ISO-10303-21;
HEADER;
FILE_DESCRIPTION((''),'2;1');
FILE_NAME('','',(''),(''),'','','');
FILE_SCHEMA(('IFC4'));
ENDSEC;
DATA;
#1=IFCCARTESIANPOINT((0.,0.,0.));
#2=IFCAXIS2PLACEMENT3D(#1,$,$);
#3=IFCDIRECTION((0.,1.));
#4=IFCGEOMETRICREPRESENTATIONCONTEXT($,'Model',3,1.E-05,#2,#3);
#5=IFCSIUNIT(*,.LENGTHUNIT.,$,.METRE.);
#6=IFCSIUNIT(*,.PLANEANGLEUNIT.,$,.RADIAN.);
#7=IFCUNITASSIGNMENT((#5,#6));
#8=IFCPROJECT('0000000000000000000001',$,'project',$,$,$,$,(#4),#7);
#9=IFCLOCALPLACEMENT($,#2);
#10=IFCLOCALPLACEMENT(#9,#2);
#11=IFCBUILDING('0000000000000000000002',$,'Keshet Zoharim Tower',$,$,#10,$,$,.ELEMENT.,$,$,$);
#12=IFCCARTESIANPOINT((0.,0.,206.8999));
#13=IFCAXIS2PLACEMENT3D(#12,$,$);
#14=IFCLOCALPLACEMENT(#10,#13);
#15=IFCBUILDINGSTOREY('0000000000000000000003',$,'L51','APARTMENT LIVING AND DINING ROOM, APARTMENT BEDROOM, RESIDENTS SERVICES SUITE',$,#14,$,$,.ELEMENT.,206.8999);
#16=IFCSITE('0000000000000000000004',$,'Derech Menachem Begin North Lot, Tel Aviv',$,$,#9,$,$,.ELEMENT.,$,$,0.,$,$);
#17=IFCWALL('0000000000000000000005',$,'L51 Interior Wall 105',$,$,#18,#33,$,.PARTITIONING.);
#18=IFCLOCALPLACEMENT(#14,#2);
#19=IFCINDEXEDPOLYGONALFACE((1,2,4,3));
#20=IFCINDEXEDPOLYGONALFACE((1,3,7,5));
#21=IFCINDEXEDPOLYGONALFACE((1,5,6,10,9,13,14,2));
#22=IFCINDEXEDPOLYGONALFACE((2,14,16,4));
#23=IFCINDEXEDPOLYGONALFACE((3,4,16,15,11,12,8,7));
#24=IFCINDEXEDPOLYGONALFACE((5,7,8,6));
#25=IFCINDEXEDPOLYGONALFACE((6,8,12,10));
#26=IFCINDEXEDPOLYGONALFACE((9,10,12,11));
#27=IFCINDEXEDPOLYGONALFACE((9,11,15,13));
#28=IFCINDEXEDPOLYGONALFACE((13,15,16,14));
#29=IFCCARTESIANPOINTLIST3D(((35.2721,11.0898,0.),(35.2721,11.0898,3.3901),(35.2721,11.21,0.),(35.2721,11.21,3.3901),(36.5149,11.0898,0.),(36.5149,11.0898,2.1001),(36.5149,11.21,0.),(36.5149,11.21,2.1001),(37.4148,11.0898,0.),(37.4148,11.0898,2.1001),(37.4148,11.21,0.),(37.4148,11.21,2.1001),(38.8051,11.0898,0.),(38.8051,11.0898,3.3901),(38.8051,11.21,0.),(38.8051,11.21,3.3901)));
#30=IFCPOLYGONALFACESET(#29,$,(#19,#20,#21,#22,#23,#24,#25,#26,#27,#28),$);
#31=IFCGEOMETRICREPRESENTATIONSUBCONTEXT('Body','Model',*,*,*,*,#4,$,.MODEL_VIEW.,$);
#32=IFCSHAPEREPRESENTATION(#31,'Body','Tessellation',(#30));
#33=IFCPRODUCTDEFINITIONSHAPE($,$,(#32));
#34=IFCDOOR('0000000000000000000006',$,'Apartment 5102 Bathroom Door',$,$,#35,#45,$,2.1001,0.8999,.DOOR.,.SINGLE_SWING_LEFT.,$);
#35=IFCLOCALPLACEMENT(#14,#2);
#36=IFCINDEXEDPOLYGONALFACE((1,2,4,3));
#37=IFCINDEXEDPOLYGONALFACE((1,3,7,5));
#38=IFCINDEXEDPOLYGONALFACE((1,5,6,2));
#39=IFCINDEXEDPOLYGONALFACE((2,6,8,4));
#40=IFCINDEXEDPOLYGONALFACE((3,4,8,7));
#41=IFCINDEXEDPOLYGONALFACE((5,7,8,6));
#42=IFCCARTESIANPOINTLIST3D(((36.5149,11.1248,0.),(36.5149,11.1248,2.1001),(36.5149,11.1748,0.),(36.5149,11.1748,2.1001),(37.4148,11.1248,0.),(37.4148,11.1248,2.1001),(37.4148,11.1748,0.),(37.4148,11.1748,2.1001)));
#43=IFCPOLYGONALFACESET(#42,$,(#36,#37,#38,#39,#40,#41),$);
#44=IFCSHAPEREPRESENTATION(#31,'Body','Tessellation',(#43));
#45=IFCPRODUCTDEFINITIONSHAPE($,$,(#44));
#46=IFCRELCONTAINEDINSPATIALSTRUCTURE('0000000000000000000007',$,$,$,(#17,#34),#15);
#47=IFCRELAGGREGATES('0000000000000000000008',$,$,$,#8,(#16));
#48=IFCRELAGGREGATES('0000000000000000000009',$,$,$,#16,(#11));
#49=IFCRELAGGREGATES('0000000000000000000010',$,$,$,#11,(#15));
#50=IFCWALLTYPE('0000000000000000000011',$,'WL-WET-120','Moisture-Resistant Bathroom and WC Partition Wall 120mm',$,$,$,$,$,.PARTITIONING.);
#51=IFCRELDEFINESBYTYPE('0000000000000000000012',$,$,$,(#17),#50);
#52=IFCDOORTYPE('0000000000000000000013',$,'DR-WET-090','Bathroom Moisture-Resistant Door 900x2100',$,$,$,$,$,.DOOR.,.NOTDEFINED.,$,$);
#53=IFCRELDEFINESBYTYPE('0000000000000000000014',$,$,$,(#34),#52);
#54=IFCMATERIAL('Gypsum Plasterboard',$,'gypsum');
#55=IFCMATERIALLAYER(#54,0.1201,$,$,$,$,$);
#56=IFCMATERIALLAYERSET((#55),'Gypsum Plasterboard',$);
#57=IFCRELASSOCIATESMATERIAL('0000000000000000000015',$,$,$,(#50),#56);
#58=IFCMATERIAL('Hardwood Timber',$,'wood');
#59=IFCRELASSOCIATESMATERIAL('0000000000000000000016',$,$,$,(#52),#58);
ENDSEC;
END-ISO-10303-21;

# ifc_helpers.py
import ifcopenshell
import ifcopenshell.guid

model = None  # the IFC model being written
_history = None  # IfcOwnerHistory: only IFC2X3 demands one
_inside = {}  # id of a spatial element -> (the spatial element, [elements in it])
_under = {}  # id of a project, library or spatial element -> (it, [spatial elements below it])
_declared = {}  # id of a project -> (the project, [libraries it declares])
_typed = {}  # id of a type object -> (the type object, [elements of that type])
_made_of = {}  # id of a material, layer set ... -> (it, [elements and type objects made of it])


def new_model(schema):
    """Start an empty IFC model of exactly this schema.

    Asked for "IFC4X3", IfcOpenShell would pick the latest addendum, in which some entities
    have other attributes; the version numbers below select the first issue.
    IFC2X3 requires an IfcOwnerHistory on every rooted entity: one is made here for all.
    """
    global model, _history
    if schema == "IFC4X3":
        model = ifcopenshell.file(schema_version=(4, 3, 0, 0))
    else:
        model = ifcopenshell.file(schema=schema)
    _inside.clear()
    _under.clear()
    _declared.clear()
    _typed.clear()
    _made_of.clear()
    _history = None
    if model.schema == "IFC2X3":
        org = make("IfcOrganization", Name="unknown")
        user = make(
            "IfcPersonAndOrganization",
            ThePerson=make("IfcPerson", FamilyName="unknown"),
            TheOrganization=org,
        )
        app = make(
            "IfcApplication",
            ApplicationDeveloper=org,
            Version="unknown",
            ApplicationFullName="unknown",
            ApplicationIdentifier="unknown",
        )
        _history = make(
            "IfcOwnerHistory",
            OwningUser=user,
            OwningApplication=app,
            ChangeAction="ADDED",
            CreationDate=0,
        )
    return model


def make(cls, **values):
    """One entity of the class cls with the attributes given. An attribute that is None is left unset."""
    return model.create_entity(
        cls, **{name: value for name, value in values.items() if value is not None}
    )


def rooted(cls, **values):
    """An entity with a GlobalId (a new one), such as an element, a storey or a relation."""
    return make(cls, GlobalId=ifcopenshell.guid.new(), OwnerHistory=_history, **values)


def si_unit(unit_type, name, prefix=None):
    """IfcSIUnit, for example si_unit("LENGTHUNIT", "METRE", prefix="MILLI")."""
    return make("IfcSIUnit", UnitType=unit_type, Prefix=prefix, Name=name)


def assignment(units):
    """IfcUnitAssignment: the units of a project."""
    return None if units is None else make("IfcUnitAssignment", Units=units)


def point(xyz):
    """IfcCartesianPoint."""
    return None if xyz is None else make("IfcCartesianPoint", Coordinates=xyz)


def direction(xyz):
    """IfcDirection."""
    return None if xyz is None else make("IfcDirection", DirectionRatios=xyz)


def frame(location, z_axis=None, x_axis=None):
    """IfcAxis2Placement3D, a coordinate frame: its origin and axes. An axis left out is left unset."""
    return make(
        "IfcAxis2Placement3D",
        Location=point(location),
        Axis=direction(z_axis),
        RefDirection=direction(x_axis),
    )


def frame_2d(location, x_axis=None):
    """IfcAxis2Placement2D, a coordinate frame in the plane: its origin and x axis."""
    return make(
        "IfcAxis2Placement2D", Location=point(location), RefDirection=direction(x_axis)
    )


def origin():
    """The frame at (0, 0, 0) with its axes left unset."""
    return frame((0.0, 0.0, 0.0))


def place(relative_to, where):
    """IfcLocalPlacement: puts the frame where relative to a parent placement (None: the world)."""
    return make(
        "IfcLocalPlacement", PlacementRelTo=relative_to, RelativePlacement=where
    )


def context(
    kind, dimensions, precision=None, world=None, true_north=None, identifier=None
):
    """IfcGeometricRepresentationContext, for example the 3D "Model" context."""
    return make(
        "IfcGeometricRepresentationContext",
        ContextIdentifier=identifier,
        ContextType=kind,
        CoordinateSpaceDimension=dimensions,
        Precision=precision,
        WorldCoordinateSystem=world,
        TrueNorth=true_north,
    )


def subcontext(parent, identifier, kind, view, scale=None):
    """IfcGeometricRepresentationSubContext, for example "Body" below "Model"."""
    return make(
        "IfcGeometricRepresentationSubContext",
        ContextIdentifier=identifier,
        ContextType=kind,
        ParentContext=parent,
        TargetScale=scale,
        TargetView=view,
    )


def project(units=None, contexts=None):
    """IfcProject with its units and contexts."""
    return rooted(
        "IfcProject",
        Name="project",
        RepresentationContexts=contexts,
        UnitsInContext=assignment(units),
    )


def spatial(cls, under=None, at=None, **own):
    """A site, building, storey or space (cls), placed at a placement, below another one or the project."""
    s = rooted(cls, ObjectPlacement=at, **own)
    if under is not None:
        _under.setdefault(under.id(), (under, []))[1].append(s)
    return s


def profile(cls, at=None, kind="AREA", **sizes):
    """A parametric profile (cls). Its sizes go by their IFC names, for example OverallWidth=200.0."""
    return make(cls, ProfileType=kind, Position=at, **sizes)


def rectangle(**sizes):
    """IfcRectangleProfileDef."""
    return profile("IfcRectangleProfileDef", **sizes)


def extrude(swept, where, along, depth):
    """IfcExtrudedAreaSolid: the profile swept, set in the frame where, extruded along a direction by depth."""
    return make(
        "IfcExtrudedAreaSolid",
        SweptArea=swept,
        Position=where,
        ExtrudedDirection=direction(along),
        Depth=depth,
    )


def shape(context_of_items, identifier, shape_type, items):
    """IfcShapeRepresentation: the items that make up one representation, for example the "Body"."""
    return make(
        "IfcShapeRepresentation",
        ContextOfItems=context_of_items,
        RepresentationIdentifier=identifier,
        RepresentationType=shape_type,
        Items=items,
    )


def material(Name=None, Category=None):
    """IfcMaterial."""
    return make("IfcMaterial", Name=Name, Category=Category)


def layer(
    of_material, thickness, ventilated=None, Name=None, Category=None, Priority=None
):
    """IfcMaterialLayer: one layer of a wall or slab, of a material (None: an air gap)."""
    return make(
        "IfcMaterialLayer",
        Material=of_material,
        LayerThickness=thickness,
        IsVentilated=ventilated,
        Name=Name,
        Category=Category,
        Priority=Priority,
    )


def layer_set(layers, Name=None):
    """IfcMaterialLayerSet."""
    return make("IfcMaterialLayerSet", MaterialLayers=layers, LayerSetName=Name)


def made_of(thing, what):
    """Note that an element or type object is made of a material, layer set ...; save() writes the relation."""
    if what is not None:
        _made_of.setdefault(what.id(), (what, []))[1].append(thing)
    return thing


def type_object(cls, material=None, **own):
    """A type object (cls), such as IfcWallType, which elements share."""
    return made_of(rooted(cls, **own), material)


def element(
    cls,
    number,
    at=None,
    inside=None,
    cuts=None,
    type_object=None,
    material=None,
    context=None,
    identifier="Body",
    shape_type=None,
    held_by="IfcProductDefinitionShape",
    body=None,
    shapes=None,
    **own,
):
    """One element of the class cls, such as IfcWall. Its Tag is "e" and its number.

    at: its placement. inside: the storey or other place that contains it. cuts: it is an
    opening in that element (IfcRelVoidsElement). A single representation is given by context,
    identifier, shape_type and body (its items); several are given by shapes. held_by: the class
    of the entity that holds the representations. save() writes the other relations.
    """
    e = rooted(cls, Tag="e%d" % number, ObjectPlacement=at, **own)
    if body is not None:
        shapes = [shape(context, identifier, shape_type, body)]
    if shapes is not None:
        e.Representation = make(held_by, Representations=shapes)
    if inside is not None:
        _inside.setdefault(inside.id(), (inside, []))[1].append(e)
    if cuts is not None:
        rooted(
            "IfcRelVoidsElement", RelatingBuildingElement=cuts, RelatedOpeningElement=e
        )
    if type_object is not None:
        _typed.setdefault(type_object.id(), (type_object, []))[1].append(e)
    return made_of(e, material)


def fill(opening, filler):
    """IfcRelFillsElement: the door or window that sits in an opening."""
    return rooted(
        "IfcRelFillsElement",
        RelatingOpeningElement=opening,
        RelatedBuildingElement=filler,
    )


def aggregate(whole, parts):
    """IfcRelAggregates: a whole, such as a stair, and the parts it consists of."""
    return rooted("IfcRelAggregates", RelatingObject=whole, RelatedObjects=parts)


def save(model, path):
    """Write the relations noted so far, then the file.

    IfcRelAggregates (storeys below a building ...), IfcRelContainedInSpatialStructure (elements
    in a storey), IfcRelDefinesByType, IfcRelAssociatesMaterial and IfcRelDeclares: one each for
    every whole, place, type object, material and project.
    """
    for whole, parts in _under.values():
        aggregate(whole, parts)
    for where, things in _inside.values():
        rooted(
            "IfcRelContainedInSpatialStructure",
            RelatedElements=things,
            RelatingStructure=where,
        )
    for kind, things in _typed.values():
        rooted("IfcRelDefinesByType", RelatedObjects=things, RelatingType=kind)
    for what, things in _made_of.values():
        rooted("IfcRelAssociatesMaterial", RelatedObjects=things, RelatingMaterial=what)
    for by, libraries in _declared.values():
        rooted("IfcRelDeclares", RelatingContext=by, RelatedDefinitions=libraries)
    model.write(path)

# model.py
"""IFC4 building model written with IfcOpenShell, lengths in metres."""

from ifc_helpers import new_model, si_unit, direction, frame, frame_2d, origin, place, context, subcontext, project, spatial, rectangle, extrude, material, layer, layer_set, type_object, element, fill, save


model = new_model("IFC4")

# Units and contexts
model_context = context("Model", 3, precision=1e-05, world=origin(), true_north=direction((0.0, 1.0)))
body_context = subcontext(model_context, "Body", "Model", "MODEL_VIEW")
ifc_project = project(units=[si_unit("LENGTHUNIT", "METRE"), si_unit("PLANEANGLEUNIT", "RADIAN")], contexts=[model_context])

# Site, building, storey
site_placement = place(None, origin())
site = spatial("IfcSite", under=ifc_project, at=site_placement, Name="Derech Menachem Begin North Lot, Tel Aviv", CompositionType="ELEMENT", RefElevation=0.0)
building_placement = place(site_placement, origin())
building = spatial("IfcBuilding", under=site, at=building_placement, Name="Keshet Zoharim Tower", CompositionType="ELEMENT")
storey_placement = place(building_placement, frame((0.0, 0.0, 206.8999)))
storey = spatial("IfcBuildingStorey", under=building, at=storey_placement, Name="L51", Description="APARTMENT LIVING AND DINING ROOM, APARTMENT BEDROOM, RESIDENTS SERVICES SUITE", CompositionType="ELEMENT", Elevation=206.8999)

# Shared definitions
ifc_material_1 = material(Name="Gypsum Plasterboard", Category="gypsum")
ifc_material_2 = material(Name="Hardwood Timber", Category="wood")

# Shared definitions
ifc_layer_1 = layer(ifc_material_1, 0.1201)
ifc_layer_set_1 = layer_set([ifc_layer_1], Name="Gypsum Plasterboard")
wall_type_1 = type_object("IfcWallType", Name="WL-WET-120", Description="Moisture-Resistant Bathroom and WC Partition Wall 120mm", PredefinedType="PARTITIONING", material=ifc_layer_set_1)

# Wall, opening, door
wall_1_placement = place(storey_placement, frame((35.272, 11.1499, 0.0), z_axis=(0.0, 0.0, 1.0), x_axis=(1.0, 0.0, 0.0)))
wall_1 = element("IfcWall", 1, at=wall_1_placement, inside=storey, type_object=wall_type_1, Name="L51 Interior Wall 105", PredefinedType="PARTITIONING", context=body_context, shape_type="SweptSolid", body=[
    extrude(rectangle(XDim=3.533, YDim=0.1201, at=frame_2d((1.7666, 0.0))), origin(), (0.0, 0.0, 1.0), 3.3901),
])
opening_1_placement = place(wall_1_placement, frame((1.2429, 0.0, 0.0)))
opening_1 = element("IfcOpeningElement", 2, at=opening_1_placement, cuts=wall_1, PredefinedType="OPENING", context=body_context, shape_type="SweptSolid", body=[
    extrude(rectangle(XDim=0.8999, YDim=2.1001, at=frame_2d((0.45, 1.05))), frame((0.0, 0.0701, 0.0), z_axis=(0.0, -1.0, 0.0), x_axis=(1.0, 0.0, 0.0)), (0.0, 0.0, 1.0), 0.1401),
])
door_type_1 = type_object("IfcDoorType", Name="DR-WET-090", Description="Bathroom Moisture-Resistant Door 900x2100", OperationType="NOTDEFINED", PredefinedType="DOOR", material=ifc_material_2)
door_1_placement = place(opening_1_placement, origin())
door_1 = element("IfcDoor", 3, at=door_1_placement, inside=storey, type_object=door_type_1, Name="Apartment 5102 Bathroom Door", OperationType="SINGLE_SWING_LEFT", OverallHeight=2.1001, OverallWidth=0.8999, PredefinedType="DOOR", context=body_context, shape_type="SweptSolid", body=[
    extrude(rectangle(XDim=0.8999, YDim=2.1001, at=frame_2d((0.45, 1.05))), frame((0.0, 0.0249, 0.0), z_axis=(0.0, -1.0, 0.0), x_axis=(1.0, 0.0, 0.0)), (0.0, 0.0, 1.0), 0.05),
])
fill(opening_1, door_1)

save(model, "model.ifc")
